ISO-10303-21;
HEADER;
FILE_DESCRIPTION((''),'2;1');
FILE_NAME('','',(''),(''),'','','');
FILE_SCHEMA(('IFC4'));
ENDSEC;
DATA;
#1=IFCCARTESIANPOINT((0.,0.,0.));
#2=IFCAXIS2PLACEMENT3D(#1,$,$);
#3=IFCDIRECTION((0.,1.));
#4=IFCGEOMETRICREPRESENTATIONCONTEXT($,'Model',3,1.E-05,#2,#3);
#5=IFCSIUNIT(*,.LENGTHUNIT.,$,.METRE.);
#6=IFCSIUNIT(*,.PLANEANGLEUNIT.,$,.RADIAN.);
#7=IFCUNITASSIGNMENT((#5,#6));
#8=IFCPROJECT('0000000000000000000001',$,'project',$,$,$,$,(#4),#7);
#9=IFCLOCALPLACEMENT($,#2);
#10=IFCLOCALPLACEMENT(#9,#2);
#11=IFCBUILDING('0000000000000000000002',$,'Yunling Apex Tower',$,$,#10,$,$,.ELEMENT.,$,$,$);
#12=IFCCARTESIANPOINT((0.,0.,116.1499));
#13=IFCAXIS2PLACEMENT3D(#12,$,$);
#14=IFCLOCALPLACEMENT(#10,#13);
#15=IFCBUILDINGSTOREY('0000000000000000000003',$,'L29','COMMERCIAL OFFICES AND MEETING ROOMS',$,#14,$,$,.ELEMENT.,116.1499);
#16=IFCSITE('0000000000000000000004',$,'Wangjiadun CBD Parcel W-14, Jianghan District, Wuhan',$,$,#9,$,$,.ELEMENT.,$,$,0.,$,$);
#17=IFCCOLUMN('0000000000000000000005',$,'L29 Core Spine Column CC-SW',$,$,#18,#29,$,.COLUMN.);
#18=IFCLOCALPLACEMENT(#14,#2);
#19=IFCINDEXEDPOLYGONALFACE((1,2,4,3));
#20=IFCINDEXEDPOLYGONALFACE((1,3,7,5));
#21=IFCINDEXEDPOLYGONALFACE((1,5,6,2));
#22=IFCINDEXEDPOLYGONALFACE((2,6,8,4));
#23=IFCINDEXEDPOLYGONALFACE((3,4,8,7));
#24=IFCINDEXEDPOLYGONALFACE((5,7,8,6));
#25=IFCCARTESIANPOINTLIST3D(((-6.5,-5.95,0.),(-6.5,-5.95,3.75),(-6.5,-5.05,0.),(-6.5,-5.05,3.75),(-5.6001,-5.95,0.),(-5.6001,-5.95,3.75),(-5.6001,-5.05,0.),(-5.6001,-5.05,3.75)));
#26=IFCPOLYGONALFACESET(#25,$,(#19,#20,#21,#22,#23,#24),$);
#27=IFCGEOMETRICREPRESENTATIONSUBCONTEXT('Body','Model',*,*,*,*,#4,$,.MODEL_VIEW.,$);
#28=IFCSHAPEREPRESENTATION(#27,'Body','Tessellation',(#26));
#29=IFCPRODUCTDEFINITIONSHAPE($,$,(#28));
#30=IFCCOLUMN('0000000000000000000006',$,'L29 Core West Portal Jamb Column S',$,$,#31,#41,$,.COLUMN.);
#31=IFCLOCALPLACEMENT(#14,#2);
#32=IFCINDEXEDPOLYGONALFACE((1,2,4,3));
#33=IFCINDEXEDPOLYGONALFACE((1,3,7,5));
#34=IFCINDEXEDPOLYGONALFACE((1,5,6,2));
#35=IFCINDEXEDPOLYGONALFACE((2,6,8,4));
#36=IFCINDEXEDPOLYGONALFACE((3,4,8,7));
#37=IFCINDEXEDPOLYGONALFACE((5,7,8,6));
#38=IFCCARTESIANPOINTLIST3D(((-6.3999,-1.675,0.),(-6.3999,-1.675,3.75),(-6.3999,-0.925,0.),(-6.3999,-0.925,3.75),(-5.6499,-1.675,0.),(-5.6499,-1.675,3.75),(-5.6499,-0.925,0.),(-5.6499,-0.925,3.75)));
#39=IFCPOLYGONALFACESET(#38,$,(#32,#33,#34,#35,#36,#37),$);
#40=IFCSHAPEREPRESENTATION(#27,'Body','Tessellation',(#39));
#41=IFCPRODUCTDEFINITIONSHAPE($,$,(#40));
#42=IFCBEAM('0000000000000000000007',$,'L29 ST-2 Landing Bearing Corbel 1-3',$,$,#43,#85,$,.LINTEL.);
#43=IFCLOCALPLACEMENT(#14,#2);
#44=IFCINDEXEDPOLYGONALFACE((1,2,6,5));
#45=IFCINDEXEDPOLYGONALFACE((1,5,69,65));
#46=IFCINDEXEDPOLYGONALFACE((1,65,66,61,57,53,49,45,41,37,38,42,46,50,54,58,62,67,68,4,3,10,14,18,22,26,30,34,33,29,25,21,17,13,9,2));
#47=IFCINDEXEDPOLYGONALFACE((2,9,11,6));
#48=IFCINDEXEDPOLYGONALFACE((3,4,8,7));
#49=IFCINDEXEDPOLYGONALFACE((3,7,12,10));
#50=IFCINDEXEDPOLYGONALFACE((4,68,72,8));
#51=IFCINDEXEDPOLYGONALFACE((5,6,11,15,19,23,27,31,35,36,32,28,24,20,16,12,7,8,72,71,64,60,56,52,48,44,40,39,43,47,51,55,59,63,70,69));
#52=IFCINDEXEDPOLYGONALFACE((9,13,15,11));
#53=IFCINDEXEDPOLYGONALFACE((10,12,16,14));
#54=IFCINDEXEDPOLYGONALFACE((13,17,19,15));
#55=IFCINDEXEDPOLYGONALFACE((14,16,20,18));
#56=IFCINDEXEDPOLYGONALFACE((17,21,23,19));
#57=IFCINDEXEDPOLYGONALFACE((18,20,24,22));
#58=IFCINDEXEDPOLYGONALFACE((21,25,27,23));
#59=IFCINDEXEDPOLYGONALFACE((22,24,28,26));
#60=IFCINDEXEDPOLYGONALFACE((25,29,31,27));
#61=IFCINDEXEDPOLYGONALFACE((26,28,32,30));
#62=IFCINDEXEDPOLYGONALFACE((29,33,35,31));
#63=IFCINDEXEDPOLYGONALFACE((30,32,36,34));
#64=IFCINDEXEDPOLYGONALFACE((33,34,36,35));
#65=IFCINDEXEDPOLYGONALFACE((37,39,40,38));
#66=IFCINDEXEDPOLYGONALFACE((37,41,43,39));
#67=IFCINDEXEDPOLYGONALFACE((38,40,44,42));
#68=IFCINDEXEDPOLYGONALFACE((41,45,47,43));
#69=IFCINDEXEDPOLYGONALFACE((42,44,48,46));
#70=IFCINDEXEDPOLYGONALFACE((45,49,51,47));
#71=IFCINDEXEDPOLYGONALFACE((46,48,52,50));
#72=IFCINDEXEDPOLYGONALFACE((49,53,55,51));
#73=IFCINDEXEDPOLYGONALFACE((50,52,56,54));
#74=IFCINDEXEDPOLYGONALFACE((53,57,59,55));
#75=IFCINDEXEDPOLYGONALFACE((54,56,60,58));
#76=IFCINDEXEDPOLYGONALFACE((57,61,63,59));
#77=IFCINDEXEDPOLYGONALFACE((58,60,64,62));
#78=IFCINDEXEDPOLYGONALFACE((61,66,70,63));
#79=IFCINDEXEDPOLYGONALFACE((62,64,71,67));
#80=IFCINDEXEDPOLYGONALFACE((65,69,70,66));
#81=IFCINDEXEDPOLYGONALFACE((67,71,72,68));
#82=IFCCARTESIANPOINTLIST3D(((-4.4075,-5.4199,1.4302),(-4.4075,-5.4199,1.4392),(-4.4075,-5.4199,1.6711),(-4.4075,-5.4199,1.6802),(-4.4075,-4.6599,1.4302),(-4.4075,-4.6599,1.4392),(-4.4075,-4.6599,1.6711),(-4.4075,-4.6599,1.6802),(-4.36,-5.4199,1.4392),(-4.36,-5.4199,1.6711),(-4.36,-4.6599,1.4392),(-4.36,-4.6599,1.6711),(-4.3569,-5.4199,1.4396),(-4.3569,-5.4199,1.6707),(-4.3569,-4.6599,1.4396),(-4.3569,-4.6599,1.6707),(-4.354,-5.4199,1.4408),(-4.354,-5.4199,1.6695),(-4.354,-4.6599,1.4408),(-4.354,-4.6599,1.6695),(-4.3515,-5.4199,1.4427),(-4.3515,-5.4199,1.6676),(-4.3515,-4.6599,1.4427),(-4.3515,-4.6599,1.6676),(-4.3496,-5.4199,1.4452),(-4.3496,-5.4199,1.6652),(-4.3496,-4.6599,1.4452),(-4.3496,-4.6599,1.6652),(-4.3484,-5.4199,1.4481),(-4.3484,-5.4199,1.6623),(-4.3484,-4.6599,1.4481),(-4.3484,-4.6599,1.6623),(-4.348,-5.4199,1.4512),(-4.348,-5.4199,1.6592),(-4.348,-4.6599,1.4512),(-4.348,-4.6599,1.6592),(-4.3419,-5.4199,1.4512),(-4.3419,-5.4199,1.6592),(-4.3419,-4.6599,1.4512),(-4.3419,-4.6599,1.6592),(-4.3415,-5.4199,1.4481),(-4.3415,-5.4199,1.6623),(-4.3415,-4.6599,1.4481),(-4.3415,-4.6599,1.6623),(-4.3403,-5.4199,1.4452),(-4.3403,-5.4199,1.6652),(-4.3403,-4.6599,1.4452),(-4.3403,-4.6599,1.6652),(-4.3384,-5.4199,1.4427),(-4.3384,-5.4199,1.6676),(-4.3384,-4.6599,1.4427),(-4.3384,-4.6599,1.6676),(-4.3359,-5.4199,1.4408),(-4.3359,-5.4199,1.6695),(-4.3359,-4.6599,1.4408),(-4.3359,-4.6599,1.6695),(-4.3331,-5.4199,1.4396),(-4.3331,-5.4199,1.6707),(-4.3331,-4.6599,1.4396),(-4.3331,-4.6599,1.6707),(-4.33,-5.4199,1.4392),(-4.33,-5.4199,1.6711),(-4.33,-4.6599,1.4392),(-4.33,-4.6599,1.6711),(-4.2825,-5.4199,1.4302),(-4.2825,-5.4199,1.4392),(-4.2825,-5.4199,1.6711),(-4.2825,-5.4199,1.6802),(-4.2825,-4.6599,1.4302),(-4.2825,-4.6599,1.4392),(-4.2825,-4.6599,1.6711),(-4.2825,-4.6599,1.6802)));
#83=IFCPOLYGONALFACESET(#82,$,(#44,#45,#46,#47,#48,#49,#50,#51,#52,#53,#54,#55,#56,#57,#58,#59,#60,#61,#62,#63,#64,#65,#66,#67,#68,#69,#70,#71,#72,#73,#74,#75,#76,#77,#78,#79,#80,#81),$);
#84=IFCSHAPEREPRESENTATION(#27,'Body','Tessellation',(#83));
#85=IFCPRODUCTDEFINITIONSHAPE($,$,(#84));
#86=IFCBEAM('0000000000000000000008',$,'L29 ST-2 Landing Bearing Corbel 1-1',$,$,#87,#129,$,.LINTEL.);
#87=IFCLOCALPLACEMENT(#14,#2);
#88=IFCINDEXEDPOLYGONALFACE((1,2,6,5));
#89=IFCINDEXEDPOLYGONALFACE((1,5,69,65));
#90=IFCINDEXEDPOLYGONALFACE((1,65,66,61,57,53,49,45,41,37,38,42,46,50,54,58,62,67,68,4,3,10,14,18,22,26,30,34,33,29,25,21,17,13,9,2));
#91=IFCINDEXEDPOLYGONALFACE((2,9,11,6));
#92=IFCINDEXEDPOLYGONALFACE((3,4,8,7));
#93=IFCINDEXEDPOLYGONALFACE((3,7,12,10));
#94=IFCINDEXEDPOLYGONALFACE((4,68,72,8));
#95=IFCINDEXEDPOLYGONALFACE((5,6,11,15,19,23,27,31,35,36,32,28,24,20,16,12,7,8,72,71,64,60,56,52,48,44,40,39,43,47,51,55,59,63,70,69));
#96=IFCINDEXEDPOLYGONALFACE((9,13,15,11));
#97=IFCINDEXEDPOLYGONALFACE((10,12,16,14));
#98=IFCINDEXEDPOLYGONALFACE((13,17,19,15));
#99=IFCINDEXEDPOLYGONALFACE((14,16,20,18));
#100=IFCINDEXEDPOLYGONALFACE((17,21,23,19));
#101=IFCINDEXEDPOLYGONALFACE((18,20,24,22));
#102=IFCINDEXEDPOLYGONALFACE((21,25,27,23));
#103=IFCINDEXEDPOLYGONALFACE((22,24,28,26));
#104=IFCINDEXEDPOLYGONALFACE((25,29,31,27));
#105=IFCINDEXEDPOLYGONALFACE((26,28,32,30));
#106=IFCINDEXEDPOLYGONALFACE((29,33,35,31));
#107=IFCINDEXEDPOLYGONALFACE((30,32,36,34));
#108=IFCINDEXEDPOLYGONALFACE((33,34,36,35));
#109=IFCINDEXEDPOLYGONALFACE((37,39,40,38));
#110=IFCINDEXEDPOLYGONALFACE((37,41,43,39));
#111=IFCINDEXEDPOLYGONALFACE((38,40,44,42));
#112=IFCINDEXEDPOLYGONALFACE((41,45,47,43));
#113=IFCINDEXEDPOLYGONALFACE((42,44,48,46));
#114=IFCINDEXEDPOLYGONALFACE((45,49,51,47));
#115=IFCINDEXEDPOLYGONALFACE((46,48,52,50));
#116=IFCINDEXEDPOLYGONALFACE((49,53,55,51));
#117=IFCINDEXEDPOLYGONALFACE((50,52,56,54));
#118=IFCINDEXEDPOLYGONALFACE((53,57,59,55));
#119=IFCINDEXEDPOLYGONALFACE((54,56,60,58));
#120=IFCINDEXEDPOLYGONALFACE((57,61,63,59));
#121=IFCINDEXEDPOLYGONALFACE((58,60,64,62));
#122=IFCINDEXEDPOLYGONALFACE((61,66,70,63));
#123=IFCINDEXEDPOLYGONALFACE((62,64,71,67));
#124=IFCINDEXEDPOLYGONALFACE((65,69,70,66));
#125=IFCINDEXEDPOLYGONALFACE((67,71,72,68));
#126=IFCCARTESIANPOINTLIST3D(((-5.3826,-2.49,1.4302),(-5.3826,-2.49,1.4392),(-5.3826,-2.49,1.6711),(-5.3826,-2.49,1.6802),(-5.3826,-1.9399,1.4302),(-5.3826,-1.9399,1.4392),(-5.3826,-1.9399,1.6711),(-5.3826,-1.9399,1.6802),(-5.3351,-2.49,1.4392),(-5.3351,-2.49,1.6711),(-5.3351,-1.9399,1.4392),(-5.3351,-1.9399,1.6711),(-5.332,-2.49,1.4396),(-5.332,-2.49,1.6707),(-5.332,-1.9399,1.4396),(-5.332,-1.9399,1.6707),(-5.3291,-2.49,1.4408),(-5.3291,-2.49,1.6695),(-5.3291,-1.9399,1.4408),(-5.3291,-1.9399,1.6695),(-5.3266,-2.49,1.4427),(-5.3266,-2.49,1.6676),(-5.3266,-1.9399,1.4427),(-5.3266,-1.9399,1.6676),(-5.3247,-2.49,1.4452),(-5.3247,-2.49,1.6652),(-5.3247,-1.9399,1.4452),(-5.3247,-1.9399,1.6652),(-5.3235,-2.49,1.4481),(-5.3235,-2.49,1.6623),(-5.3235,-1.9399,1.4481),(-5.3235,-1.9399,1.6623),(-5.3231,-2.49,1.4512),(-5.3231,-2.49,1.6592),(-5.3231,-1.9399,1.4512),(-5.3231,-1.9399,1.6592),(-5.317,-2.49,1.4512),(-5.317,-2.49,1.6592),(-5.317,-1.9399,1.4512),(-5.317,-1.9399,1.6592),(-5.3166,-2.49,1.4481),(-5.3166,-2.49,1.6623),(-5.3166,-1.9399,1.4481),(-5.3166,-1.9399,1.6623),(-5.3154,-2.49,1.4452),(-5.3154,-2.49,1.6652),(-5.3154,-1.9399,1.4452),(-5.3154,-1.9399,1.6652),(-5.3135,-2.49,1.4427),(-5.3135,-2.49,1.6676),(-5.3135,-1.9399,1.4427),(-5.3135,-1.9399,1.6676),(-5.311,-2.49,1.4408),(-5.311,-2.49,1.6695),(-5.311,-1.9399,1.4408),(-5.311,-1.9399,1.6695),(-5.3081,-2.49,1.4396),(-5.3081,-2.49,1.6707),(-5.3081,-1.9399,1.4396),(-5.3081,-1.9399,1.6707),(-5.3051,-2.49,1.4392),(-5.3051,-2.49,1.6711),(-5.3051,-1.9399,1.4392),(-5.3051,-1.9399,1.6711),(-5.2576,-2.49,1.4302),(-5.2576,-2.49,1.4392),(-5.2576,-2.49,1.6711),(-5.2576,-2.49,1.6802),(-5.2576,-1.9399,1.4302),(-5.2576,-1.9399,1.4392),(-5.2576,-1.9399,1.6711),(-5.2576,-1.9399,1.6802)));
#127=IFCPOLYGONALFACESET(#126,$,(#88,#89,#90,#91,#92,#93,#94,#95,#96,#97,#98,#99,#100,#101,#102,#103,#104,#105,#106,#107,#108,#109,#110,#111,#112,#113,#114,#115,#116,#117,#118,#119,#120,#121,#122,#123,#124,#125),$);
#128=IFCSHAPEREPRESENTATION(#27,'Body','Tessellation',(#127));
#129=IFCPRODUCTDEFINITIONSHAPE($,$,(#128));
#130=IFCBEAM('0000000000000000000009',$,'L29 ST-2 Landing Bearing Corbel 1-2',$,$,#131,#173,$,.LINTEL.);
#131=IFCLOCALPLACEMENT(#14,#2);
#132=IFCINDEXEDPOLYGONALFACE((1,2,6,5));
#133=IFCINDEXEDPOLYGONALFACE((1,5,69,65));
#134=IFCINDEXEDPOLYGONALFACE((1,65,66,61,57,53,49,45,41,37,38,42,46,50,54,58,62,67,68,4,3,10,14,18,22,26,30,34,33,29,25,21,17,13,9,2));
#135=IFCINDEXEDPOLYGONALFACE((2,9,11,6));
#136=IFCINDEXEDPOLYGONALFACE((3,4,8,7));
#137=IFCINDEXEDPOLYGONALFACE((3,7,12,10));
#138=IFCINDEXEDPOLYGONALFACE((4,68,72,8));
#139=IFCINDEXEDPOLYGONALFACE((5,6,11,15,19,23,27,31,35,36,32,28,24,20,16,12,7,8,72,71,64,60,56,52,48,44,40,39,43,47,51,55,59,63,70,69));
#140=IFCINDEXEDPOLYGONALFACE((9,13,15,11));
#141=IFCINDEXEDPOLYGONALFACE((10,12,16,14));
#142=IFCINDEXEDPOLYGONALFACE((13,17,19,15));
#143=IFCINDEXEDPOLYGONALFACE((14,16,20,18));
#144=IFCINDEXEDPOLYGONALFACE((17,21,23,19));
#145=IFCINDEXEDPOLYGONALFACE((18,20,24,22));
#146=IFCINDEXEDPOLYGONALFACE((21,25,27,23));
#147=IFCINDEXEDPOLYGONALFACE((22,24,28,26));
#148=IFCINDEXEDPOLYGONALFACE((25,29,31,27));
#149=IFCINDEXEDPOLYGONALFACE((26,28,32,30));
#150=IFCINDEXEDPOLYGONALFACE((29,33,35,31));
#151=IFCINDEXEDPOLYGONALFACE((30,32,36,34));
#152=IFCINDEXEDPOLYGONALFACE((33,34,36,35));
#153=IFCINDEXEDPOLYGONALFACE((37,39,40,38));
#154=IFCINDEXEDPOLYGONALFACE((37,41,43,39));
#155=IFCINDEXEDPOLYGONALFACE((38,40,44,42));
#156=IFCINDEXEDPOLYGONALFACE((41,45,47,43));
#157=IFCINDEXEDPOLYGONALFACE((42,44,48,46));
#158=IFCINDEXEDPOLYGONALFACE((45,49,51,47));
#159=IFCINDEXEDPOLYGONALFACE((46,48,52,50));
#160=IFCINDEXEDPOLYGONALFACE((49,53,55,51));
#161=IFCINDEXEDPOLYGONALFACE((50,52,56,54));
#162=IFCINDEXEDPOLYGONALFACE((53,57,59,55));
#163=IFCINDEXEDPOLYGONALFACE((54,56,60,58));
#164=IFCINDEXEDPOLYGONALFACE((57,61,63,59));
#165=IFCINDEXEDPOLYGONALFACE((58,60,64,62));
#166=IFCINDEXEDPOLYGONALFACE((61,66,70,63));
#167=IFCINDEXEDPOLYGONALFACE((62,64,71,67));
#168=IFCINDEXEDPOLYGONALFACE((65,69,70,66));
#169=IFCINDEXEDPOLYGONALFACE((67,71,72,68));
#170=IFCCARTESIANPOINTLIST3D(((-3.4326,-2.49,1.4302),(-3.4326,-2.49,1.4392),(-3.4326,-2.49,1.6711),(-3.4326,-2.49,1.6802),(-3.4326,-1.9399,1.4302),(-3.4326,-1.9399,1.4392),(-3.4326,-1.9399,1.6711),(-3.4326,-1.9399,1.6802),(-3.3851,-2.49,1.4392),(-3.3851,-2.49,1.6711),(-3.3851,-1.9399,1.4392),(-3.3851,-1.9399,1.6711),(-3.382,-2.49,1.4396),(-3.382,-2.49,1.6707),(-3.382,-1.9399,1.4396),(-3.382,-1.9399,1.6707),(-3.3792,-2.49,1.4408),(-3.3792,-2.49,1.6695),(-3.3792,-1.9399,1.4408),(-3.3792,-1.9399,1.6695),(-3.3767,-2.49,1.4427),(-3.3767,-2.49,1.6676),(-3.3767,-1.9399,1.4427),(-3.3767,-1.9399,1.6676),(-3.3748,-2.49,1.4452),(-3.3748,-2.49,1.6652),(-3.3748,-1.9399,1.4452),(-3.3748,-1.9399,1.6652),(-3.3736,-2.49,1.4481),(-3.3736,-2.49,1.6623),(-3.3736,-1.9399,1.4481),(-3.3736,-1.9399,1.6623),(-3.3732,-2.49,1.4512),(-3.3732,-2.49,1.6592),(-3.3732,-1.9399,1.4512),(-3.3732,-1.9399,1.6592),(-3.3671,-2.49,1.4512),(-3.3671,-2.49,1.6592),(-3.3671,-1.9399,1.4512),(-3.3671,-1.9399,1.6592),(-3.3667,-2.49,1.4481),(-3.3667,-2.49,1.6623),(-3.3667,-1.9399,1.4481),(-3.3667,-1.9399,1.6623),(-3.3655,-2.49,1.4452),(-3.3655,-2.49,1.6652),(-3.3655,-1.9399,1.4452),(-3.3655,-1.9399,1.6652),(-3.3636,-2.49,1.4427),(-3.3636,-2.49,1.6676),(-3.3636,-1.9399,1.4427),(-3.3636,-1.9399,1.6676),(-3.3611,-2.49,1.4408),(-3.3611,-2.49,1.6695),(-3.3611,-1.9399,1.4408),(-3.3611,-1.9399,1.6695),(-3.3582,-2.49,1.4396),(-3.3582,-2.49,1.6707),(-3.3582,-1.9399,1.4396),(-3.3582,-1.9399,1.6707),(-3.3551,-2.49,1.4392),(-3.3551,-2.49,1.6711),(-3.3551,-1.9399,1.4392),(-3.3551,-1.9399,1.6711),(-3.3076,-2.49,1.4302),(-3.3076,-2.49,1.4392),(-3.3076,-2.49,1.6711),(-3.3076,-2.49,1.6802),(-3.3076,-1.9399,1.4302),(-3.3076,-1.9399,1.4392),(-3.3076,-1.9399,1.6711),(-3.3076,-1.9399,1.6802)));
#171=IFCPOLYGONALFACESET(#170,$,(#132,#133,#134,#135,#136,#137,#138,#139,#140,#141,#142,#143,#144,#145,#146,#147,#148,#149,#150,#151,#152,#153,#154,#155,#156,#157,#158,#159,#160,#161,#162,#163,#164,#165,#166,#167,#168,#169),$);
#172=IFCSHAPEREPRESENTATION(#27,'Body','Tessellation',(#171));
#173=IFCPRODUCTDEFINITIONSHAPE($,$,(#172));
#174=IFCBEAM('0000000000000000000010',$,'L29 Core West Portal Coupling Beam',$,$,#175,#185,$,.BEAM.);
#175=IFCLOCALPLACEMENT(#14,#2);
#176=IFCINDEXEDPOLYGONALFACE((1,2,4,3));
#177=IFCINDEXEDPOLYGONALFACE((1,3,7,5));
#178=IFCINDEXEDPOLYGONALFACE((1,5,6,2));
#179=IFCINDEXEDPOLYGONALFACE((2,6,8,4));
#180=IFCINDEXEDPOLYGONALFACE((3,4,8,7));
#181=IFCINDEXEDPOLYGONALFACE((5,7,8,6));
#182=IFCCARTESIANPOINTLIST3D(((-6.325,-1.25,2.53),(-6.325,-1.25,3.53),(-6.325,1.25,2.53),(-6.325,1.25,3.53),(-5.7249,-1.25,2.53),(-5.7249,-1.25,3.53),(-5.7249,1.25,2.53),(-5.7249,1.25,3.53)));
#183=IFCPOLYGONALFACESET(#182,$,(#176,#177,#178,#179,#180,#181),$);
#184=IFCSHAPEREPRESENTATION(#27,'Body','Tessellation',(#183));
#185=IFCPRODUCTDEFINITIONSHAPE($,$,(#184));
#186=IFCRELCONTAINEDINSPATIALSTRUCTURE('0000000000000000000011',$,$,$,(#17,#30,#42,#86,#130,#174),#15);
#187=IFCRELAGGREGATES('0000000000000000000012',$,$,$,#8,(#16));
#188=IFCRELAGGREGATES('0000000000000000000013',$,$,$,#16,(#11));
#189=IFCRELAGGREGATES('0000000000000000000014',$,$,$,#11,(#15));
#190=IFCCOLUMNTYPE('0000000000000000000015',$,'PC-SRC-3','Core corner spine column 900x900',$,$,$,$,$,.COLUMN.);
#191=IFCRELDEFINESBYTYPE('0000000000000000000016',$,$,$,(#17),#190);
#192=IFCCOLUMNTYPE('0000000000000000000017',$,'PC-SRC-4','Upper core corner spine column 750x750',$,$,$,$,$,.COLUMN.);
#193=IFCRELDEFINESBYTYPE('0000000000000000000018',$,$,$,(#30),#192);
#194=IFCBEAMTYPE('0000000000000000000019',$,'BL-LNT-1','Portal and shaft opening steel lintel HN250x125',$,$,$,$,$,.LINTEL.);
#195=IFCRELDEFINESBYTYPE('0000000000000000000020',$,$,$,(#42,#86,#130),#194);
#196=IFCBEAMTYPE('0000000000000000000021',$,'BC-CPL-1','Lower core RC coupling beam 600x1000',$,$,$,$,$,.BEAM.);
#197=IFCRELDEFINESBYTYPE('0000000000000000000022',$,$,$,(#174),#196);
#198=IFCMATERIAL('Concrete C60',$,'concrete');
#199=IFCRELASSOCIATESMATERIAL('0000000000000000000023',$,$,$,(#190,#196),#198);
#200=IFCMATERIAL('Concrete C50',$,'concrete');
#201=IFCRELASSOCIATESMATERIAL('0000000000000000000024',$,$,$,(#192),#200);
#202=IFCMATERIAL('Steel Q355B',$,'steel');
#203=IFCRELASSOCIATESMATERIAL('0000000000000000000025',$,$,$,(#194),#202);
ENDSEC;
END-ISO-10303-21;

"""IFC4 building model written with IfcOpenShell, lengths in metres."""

from ifc_helpers import new_model, si_unit, direction, frame, origin, origin_2d, place, context, subcontext, project, spatial, rectangle, i_section, extrude, source, transform, mapped, material, material_profile, profile_set, type_object, element, save


model = new_model("IFC4")

# Units and contexts
model_context = context("Model", 3, precision=1e-05, world=origin(), true_north=direction((0.0, 1.0)))
body_context = subcontext(model_context, "Body", "Model", "MODEL_VIEW")
ifc_project = project(units=[si_unit("LENGTHUNIT", "METRE"), si_unit("PLANEANGLEUNIT", "RADIAN")], contexts=[model_context])

# Site, building, storey
site_placement = place(None, origin())
site = spatial("IfcSite", under=ifc_project, at=site_placement, Name="Wangjiadun CBD Parcel W-14, Jianghan District, Wuhan", CompositionType="ELEMENT", RefElevation=0.0)
building_placement = place(site_placement, origin())
building = spatial("IfcBuilding", under=site, at=building_placement, Name="Yunling Apex Tower", CompositionType="ELEMENT")
storey_placement = place(building_placement, frame((0.0, 0.0, 116.1499)))
storey = spatial("IfcBuildingStorey", under=building, at=storey_placement, Name="L29", Description="COMMERCIAL OFFICES AND MEETING ROOMS", CompositionType="ELEMENT", Elevation=116.1499)

# Columns
ifc_material_1 = material(Name="Concrete C60", Category="concrete")
ifc_material_profile_1 = material_profile(ifc_material_1, rectangle(XDim=0.8999, YDim=0.8999, at=origin_2d()))
ifc_profile_set_1 = profile_set([ifc_material_profile_1], Name="Concrete C60")
column_type_1 = type_object("IfcColumnType", Name="PC-SRC-3", Description="Core corner spine column 900x900", PredefinedType="COLUMN", material=ifc_profile_set_1)
shared_shape_1 = source(origin(), body_context, "Body", "SweptSolid", [
    extrude(rectangle(XDim=0.8999, YDim=0.8999, at=origin_2d()), origin(), (0.0, 0.0, 1.0), 3.75),
])
column_1_placement = place(storey_placement, frame((-6.05, -5.5, 0.0), z_axis=(0.0, 0.0, 1.0), x_axis=(1.0, 0.0, 0.0)))
element("IfcColumn", 1, at=column_1_placement, inside=storey, type_object=column_type_1, Name="L29 Core Spine Column CC-SW", PredefinedType="COLUMN", context=body_context, shape_type="MappedRepresentation", body=[
    mapped(shared_shape_1, transform((0.0, 0.0, 0.0), scale=1.0)),
])
ifc_material_2 = material(Name="Concrete C50", Category="concrete")
ifc_material_profile_2 = material_profile(ifc_material_2, rectangle(XDim=0.75, YDim=0.75, at=origin_2d()))
ifc_profile_set_2 = profile_set([ifc_material_profile_2], Name="Concrete C50")
column_type_2 = type_object("IfcColumnType", Name="PC-SRC-4", Description="Upper core corner spine column 750x750", PredefinedType="COLUMN", material=ifc_profile_set_2)
shared_shape_2 = source(origin(), body_context, "Body", "SweptSolid", [
    extrude(rectangle(XDim=0.75, YDim=0.75, at=origin_2d()), origin(), (0.0, 0.0, 1.0), 3.75),
])
column_2_placement = place(storey_placement, frame((-6.0249, -1.3, 0.0), z_axis=(0.0, 0.0, 1.0), x_axis=(1.0, 0.0, 0.0)))
element("IfcColumn", 2, at=column_2_placement, inside=storey, type_object=column_type_2, Name="L29 Core West Portal Jamb Column S", PredefinedType="COLUMN", context=body_context, shape_type="MappedRepresentation", body=[
    mapped(shared_shape_2, transform((0.0, 0.0, 0.0), scale=1.0)),
])

# Beams
ifc_material_3 = material(Name="Steel Q355B", Category="steel")
ifc_material_profile_3 = material_profile(ifc_material_3, i_section(OverallWidth=0.125, OverallDepth=0.25, WebThickness=0.0061, FlangeThickness=0.009, FilletRadius=0.012, at=origin_2d()))
ifc_profile_set_3 = profile_set([ifc_material_profile_3], Name="Steel Q355B")
beam_type_1 = type_object("IfcBeamType", Name="BL-LNT-1", Description="Portal and shaft opening steel lintel HN250x125", PredefinedType="LINTEL", material=ifc_profile_set_3)
shared_shape_3 = source(origin(), body_context, "Body", "SweptSolid", [
    extrude(i_section(OverallWidth=0.125, OverallDepth=0.25, WebThickness=0.0061, FlangeThickness=0.009, FilletRadius=0.012, at=origin_2d()), origin(), (0.0, 0.0, 1.0), 0.76),
])
beam_1_placement = place(storey_placement, frame((-4.345, -5.4199, 1.5552), z_axis=(0.0, 1.0, 0.0), x_axis=(-1.0, 0.0, 0.0)))
element("IfcBeam", 3, at=beam_1_placement, inside=storey, type_object=beam_type_1, Name="L29 ST-2 Landing Bearing Corbel 1-3", PredefinedType="LINTEL", context=body_context, shape_type="MappedRepresentation", body=[
    mapped(shared_shape_3, transform((0.0, 0.0, 0.0), scale=1.0)),
])
shared_shape_4 = source(origin(), body_context, "Body", "SweptSolid", [
    extrude(i_section(OverallWidth=0.125, OverallDepth=0.25, WebThickness=0.0061, FlangeThickness=0.009, FilletRadius=0.012, at=origin_2d()), origin(), (0.0, 0.0, 1.0), 0.55),
])
for number, where, z_axis, x_axis, name in (
    (4, (-5.3201, -1.9399, 1.5552), (0.0, -1.0, 0.0), (1.0, 0.0, 0.0), "L29 ST-2 Landing Bearing Corbel 1-1"),
    (5, (-3.3701, -1.9399, 1.5552), (0.0, -1.0, 0.0), (1.0, 0.0, 0.0), "L29 ST-2 Landing Bearing Corbel 1-2"),
):
    element("IfcBeam", number, at=place(storey_placement, frame(where, z_axis=z_axis, x_axis=x_axis)), inside=storey, type_object=beam_type_1, Name=name, PredefinedType="LINTEL", context=body_context, shape_type="MappedRepresentation", body=[
        mapped(shared_shape_4, transform((0.0, 0.0, 0.0), scale=1.0)),
    ])
ifc_material_profile_4 = material_profile(ifc_material_1, rectangle(XDim=0.6001, YDim=1.0, at=origin_2d()))
ifc_profile_set_4 = profile_set([ifc_material_profile_4], Name="Concrete C60")
beam_type_2 = type_object("IfcBeamType", Name="BC-CPL-1", Description="Lower core RC coupling beam 600x1000", PredefinedType="BEAM", material=ifc_profile_set_4)
shared_shape_5 = source(origin(), body_context, "Body", "SweptSolid", [
    extrude(rectangle(XDim=0.6001, YDim=1.0, at=origin_2d()), origin(), (0.0, 0.0, 1.0), 2.5),
])
beam_2_placement = place(storey_placement, frame((-6.0249, -1.25, 3.03), z_axis=(0.0, 1.0, 0.0), x_axis=(-1.0, 0.0, 0.0)))
element("IfcBeam", 6, at=beam_2_placement, inside=storey, type_object=beam_type_2, Name="L29 Core West Portal Coupling Beam", PredefinedType="BEAM", context=body_context, shape_type="MappedRepresentation", body=[
    mapped(shared_shape_5, transform((0.0, 0.0, 0.0), scale=1.0)),
])

save(model, "model.ifc")
